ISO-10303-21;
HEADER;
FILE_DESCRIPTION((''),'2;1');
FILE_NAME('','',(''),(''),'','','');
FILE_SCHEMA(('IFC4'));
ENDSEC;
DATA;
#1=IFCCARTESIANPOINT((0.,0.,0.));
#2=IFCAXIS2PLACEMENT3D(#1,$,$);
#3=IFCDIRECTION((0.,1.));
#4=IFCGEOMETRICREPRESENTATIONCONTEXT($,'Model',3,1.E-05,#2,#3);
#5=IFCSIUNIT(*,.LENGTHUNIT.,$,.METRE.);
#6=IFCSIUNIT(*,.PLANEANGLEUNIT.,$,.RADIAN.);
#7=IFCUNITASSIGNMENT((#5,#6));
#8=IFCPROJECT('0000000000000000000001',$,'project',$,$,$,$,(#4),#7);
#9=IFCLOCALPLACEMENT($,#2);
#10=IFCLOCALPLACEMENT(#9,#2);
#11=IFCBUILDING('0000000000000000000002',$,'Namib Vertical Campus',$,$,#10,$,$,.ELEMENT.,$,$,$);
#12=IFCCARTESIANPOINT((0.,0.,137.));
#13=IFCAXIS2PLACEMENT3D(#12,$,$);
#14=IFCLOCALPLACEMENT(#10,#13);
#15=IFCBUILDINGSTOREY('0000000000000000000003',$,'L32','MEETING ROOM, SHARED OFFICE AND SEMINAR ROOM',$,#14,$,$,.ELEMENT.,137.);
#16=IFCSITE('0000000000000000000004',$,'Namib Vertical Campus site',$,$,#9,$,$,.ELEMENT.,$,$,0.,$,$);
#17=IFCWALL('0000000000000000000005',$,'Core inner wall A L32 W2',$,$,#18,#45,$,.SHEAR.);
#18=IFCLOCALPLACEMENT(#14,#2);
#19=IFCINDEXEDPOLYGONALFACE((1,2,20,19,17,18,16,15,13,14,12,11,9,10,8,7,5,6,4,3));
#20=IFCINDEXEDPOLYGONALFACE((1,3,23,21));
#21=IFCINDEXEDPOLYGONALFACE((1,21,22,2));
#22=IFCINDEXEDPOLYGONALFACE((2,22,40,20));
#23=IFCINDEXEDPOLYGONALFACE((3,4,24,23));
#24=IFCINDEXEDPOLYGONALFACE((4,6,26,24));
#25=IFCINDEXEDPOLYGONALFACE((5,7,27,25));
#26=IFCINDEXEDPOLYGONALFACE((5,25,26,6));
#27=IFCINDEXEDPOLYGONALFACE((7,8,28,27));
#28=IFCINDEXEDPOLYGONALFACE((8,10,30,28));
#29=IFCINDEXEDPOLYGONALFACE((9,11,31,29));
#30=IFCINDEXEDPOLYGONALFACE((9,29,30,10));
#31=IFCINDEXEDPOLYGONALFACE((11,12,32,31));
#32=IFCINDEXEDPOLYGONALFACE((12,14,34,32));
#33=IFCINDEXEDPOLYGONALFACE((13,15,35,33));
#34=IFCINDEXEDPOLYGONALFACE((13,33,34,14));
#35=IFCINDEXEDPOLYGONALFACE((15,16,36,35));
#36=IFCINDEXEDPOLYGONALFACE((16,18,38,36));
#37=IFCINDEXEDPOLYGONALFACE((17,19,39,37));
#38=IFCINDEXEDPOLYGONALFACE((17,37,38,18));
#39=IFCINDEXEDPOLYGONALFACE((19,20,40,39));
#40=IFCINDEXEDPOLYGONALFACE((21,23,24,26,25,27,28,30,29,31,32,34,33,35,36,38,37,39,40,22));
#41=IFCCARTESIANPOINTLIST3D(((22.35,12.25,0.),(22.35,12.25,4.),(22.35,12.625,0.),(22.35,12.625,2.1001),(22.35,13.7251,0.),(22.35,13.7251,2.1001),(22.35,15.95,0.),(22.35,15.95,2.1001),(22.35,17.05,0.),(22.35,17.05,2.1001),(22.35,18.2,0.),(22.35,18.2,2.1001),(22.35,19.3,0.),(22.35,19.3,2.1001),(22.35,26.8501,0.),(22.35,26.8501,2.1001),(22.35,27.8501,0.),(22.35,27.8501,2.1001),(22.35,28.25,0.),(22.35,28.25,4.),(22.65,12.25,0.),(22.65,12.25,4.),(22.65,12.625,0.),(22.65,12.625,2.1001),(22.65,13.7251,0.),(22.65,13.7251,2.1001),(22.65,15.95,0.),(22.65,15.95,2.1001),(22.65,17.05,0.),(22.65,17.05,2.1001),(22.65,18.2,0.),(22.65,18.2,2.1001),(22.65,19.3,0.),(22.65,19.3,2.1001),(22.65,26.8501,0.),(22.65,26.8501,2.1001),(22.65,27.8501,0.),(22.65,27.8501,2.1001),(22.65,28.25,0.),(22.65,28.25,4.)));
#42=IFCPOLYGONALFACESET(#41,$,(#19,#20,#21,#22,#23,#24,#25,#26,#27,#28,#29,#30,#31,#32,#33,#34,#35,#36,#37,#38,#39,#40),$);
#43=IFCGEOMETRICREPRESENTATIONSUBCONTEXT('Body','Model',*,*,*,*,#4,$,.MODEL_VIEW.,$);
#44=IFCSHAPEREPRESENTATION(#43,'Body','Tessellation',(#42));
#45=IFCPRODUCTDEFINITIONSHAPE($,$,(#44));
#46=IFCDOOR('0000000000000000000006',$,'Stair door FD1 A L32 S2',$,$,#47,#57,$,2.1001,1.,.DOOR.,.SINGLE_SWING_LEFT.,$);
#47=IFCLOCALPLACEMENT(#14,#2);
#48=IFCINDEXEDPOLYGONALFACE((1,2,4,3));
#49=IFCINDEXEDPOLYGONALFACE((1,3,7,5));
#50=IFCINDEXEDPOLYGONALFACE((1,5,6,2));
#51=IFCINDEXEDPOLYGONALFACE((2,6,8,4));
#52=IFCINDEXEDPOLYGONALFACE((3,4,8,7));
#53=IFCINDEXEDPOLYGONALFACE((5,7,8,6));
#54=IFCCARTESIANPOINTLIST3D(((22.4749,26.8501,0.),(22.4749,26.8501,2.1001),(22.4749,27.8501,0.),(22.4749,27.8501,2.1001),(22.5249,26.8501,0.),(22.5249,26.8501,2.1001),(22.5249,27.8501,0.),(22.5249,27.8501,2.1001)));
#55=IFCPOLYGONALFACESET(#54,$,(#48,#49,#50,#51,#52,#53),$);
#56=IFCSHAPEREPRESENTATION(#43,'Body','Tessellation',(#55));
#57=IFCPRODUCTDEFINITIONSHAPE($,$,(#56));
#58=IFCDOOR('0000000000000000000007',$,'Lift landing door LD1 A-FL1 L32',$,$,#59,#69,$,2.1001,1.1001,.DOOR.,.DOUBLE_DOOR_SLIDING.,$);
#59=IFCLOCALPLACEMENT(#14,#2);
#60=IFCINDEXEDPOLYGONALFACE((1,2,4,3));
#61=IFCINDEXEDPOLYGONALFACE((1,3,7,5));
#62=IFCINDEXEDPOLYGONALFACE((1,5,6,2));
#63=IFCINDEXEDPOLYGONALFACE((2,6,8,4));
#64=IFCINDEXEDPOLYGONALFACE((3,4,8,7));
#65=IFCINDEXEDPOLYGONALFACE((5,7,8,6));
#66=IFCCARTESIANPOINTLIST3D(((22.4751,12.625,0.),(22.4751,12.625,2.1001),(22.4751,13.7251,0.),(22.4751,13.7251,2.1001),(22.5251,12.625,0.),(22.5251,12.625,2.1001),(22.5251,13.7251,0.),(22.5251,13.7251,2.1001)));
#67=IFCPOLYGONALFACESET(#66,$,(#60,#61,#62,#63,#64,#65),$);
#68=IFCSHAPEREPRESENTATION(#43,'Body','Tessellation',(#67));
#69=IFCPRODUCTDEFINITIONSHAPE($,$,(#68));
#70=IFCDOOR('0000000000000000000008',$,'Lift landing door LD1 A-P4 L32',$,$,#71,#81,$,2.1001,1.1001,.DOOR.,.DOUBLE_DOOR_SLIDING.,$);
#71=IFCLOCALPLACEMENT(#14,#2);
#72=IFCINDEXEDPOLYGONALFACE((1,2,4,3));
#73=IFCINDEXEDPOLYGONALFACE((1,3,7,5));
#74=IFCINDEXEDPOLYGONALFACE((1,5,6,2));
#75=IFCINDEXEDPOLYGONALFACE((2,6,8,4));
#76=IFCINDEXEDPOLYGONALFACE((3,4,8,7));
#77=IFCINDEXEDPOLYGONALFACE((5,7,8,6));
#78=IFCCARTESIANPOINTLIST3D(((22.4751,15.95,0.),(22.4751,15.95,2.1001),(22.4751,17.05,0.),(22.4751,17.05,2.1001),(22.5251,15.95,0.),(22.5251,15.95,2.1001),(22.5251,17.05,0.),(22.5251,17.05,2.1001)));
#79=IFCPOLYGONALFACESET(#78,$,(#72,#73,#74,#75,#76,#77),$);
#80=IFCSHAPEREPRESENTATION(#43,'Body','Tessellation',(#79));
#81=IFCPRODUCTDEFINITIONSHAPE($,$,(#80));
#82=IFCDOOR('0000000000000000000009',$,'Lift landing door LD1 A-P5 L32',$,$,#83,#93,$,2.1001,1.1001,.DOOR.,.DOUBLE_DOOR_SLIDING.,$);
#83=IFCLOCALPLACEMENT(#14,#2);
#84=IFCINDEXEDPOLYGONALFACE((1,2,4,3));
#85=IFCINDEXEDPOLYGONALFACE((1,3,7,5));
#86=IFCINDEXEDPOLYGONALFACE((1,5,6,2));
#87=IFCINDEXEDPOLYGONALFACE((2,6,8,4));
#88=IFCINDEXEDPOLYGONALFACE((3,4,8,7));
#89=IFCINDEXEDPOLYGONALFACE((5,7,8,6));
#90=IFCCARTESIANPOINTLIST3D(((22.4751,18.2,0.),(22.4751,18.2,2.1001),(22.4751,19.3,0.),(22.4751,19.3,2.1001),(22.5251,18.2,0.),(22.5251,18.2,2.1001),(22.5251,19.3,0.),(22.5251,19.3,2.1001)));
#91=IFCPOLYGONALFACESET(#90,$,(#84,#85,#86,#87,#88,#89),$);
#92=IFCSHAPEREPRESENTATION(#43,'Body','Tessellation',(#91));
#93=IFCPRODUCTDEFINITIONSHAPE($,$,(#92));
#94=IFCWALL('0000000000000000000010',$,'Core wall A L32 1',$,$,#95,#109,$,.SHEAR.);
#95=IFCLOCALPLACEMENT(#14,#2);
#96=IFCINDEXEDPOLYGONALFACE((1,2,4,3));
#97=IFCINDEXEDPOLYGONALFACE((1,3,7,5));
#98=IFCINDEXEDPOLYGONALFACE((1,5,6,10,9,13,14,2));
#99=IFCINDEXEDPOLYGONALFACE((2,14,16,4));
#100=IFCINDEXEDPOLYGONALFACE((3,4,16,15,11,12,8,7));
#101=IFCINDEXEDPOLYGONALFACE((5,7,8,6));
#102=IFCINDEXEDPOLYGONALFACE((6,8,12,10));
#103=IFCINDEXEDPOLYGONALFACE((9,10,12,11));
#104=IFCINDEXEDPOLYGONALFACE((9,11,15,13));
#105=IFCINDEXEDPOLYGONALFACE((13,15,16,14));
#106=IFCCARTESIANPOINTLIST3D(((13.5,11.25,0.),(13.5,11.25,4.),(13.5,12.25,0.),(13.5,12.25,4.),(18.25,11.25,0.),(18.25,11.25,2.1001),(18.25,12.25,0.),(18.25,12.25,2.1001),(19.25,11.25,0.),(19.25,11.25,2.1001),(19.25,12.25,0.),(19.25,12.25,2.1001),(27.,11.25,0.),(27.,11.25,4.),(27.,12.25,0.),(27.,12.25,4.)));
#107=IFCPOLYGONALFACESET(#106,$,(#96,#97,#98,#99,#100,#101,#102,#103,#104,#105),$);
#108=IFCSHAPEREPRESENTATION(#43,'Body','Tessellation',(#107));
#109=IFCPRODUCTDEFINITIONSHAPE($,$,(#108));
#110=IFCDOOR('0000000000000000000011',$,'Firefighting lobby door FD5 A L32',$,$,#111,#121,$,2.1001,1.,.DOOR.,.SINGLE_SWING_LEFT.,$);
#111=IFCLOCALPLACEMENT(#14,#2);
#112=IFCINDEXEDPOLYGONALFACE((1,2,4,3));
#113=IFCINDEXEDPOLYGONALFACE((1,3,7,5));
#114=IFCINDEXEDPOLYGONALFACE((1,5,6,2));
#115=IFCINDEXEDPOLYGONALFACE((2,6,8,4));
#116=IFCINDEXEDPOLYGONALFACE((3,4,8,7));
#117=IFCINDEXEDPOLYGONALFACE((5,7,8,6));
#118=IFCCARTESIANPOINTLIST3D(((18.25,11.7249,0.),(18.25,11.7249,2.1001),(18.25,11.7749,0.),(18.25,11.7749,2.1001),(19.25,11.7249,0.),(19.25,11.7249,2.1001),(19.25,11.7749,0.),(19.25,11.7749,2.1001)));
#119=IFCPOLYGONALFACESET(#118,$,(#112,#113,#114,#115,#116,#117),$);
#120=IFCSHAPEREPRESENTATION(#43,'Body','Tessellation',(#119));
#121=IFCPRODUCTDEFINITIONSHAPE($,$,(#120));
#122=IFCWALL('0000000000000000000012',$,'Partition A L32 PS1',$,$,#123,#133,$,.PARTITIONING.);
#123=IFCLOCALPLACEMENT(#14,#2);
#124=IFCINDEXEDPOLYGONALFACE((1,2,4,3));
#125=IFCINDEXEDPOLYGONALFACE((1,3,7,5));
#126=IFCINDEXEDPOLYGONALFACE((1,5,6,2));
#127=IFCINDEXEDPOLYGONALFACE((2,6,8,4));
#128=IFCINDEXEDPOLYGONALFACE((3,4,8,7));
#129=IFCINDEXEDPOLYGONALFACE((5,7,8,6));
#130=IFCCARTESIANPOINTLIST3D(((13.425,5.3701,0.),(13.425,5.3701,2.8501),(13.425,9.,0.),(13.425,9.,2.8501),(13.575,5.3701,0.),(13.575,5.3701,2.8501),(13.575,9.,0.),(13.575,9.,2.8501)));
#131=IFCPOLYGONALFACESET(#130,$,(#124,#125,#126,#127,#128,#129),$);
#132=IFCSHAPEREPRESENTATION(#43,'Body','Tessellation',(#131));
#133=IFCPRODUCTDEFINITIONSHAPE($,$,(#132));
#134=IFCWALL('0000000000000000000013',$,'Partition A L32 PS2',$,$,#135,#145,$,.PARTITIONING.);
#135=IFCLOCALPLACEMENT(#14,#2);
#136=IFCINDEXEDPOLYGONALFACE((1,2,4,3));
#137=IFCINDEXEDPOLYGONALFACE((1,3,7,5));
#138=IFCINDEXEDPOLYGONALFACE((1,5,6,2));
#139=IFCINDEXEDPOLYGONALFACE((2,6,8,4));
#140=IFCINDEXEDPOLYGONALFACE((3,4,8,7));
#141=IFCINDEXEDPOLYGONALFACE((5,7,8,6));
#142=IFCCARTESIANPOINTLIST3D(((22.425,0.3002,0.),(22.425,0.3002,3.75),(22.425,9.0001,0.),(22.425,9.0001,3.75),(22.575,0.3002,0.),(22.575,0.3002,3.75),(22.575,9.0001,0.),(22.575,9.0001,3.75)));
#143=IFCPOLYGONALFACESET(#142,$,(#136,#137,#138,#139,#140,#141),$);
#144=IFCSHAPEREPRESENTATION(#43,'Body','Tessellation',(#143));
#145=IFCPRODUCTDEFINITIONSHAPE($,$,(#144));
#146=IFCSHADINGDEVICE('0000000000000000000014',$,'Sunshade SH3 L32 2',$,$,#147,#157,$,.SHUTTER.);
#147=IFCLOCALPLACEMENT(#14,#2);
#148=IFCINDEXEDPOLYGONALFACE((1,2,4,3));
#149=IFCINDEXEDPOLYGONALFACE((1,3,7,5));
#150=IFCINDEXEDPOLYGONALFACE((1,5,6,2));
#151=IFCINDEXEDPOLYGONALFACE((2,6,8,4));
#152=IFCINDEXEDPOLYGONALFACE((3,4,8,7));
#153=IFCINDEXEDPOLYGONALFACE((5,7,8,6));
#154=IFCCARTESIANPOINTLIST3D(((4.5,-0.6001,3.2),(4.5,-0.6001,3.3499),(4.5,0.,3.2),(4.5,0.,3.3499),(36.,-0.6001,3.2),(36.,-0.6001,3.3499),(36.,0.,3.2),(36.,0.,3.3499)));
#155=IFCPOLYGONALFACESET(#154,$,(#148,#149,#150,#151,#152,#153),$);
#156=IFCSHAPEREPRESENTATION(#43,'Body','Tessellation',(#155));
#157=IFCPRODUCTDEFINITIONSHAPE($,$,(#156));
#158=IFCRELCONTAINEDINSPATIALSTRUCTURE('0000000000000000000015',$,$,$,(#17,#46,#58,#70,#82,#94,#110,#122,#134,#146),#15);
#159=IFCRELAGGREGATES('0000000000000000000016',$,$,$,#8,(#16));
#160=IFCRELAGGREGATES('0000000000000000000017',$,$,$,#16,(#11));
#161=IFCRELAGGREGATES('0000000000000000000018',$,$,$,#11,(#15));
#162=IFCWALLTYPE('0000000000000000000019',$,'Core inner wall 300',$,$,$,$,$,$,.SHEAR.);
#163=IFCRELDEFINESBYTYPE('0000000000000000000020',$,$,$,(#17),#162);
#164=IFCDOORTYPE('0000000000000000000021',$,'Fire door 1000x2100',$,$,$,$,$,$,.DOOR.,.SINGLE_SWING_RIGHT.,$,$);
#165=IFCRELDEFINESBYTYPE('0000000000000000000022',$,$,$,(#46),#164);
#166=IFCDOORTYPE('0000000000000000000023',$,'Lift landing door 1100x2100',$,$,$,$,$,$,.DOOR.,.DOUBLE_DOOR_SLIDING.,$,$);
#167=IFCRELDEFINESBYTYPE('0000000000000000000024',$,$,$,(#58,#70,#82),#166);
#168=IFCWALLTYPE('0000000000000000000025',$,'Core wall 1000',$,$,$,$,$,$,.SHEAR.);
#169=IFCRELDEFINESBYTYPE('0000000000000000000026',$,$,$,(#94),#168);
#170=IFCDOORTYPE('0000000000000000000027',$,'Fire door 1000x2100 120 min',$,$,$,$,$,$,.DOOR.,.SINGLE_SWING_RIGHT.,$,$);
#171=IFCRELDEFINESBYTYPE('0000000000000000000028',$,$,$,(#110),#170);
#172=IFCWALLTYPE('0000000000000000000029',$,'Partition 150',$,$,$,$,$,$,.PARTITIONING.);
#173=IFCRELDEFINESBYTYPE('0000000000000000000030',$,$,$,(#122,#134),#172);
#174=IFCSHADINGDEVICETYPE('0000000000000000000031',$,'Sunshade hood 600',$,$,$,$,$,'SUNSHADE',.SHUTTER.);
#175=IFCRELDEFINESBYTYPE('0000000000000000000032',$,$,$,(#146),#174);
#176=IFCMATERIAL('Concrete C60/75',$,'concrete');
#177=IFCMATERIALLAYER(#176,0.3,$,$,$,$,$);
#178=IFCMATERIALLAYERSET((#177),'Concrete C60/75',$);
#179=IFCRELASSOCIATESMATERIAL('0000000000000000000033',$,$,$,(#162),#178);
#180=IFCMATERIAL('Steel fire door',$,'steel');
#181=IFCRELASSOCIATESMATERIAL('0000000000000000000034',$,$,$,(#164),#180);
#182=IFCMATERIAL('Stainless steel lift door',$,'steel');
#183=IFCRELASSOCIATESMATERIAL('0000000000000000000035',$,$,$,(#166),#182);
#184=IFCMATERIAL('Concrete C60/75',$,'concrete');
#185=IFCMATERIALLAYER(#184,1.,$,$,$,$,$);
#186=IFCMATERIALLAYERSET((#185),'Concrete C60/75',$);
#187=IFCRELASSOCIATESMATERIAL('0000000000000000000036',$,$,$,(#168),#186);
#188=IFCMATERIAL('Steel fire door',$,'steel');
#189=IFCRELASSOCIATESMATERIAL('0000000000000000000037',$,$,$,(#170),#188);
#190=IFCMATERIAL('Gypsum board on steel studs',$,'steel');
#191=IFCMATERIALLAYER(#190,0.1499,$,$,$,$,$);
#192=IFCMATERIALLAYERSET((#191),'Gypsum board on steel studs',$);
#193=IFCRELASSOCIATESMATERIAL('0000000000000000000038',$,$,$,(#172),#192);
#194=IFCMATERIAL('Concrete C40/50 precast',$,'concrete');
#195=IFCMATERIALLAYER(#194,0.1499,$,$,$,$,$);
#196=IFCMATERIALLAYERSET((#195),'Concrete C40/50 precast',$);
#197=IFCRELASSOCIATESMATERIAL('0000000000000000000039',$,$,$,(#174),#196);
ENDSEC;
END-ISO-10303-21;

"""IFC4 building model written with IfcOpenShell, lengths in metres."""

from ifc_helpers import new_model, si_unit, direction, frame, frame_2d, origin, origin_2d, place, context, subcontext, project, spatial, rectangle, extrude, material, layer, layer_set, type_object, element, fill, save


model = new_model("IFC4")

# Units and contexts
model_context = context("Model", 3, precision=1e-05, world=origin(), true_north=direction((0.0, 1.0)))
body_context = subcontext(model_context, "Body", "Model", "MODEL_VIEW")
ifc_project = project(units=[si_unit("LENGTHUNIT", "METRE"), si_unit("PLANEANGLEUNIT", "RADIAN")], contexts=[model_context])

# Site, building, storey
site_placement = place(None, origin())
site = spatial("IfcSite", under=ifc_project, at=site_placement, Name="Namib Vertical Campus site", CompositionType="ELEMENT", RefElevation=0.0)
building_placement = place(site_placement, origin())
building = spatial("IfcBuilding", under=site, at=building_placement, Name="Namib Vertical Campus", CompositionType="ELEMENT")
storey_placement = place(building_placement, frame((0.0, 0.0, 137.0)))
storey = spatial("IfcBuildingStorey", under=building, at=storey_placement, Name="L32", Description="MEETING ROOM, SHARED OFFICE AND SEMINAR ROOM", CompositionType="ELEMENT", Elevation=137.0)

# Wall, openings, doors
ifc_material_1 = material(Name="Concrete C60/75", Category="concrete")
ifc_layer_1 = layer(ifc_material_1, 0.3)
ifc_layer_set_1 = layer_set([ifc_layer_1], Name="Concrete C60/75")
wall_type_1 = type_object("IfcWallType", Name="Core inner wall 300", PredefinedType="SHEAR", material=ifc_layer_set_1)
ifc_material_2 = material(Name="Steel fire door", Category="steel")
door_type_1 = type_object("IfcDoorType", Name="Fire door 1000x2100", OperationType="SINGLE_SWING_RIGHT", PredefinedType="DOOR", material=ifc_material_2)
ifc_material_3 = material(Name="Stainless steel lift door", Category="steel")
door_type_2 = type_object("IfcDoorType", Name="Lift landing door 1100x2100", OperationType="DOUBLE_DOOR_SLIDING", PredefinedType="DOOR", material=ifc_material_3)
wall_1_placement = place(storey_placement, frame((22.5, 12.25, 0.0), z_axis=(0.0, 0.0, 1.0), x_axis=(0.0, 1.0, 0.0)))
wall_1 = element("IfcWall", 1, at=wall_1_placement, inside=storey, type_object=wall_type_1, Name="Core inner wall A L32 W2", PredefinedType="SHEAR", context=body_context, shape_type="SweptSolid", body=[
    extrude(rectangle(XDim=16.0, YDim=0.3, at=frame_2d((8.0, 0.0))), origin(), (0.0, 0.0, 1.0), 4.0),
])
opening_1_placement = place(wall_1_placement, frame((14.6001, 0.0, 0.0)))
opening_1 = element("IfcOpeningElement", 2, at=opening_1_placement, cuts=wall_1, PredefinedType="OPENING", context=body_context, shape_type="SweptSolid", body=[
    extrude(rectangle(XDim=1.0, YDim=2.1001, at=frame_2d((0.5, 1.05))), frame((0.0, 0.1599, 0.0), z_axis=(0.0, -1.0, 0.0), x_axis=(1.0, 0.0, 0.0)), (0.0, 0.0, 1.0), 0.3201),
])
opening_2_placement = place(wall_1_placement, frame((0.375, 0.0, 0.0)))
opening_2 = element("IfcOpeningElement", 3, at=opening_2_placement, cuts=wall_1, PredefinedType="OPENING", context=body_context, shape_type="SweptSolid", body=[
    extrude(rectangle(XDim=1.1001, YDim=2.1001, at=frame_2d((0.55, 1.05))), frame((0.0, 0.1599, 0.0), z_axis=(0.0, -1.0, 0.0), x_axis=(1.0, 0.0, 0.0)), (0.0, 0.0, 1.0), 0.3201),
])
opening_3_placement = place(wall_1_placement, frame((3.7, 0.0, 0.0)))
opening_3 = element("IfcOpeningElement", 4, at=opening_3_placement, cuts=wall_1, PredefinedType="OPENING", context=body_context, shape_type="SweptSolid", body=[
    extrude(rectangle(XDim=1.1001, YDim=2.1001, at=frame_2d((0.55, 1.05))), frame((0.0, 0.1599, 0.0), z_axis=(0.0, -1.0, 0.0), x_axis=(1.0, 0.0, 0.0)), (0.0, 0.0, 1.0), 0.3201),
])
opening_4_placement = place(wall_1_placement, frame((5.95, 0.0, 0.0)))
opening_4 = element("IfcOpeningElement", 5, at=opening_4_placement, cuts=wall_1, PredefinedType="OPENING", context=body_context, shape_type="SweptSolid", body=[
    extrude(rectangle(XDim=1.1001, YDim=2.1001, at=frame_2d((0.55, 1.05))), frame((0.0, 0.1599, 0.0), z_axis=(0.0, -1.0, 0.0), x_axis=(1.0, 0.0, 0.0)), (0.0, 0.0, 1.0), 0.3201),
])
door_1_placement = place(opening_1_placement, frame((1.0, 0.0, 0.0), z_axis=(0.0, 0.0, 1.0), x_axis=(-1.0, 0.0, 0.0)))
door_1 = element("IfcDoor", 6, at=door_1_placement, inside=storey, type_object=door_type_1, Name="Stair door FD1 A L32 S2", OperationType="SINGLE_SWING_LEFT", OverallHeight=2.1001, OverallWidth=1.0, PredefinedType="DOOR", context=body_context, shape_type="SweptSolid", body=[
    extrude(rectangle(XDim=1.0, YDim=2.1001, at=frame_2d((0.5, 1.05))), frame((0.0, 0.0249, 0.0), z_axis=(0.0, -1.0, 0.0), x_axis=(1.0, 0.0, 0.0)), (0.0, 0.0, 1.0), 0.05),
])
fill(opening_1, door_1)
door_2_placement = place(opening_2_placement, origin())
door_2 = element("IfcDoor", 7, at=door_2_placement, inside=storey, type_object=door_type_2, Name="Lift landing door LD1 A-FL1 L32", OperationType="DOUBLE_DOOR_SLIDING", OverallHeight=2.1001, OverallWidth=1.1001, PredefinedType="DOOR", context=body_context, shape_type="SweptSolid", body=[
    extrude(rectangle(XDim=1.1001, YDim=2.1001, at=frame_2d((0.55, 1.05))), frame((0.0, 0.0249, 0.0), z_axis=(0.0, -1.0, 0.0), x_axis=(1.0, 0.0, 0.0)), (0.0, 0.0, 1.0), 0.05),
])
fill(opening_2, door_2)
door_3_placement = place(opening_3_placement, origin())
door_3 = element("IfcDoor", 8, at=door_3_placement, inside=storey, type_object=door_type_2, Name="Lift landing door LD1 A-P4 L32", OperationType="DOUBLE_DOOR_SLIDING", OverallHeight=2.1001, OverallWidth=1.1001, PredefinedType="DOOR", context=body_context, shape_type="SweptSolid", body=[
    extrude(rectangle(XDim=1.1001, YDim=2.1001, at=frame_2d((0.55, 1.05))), frame((0.0, 0.0249, 0.0), z_axis=(0.0, -1.0, 0.0), x_axis=(1.0, 0.0, 0.0)), (0.0, 0.0, 1.0), 0.05),
])
fill(opening_3, door_3)
door_4_placement = place(opening_4_placement, origin())
door_4 = element("IfcDoor", 9, at=door_4_placement, inside=storey, type_object=door_type_2, Name="Lift landing door LD1 A-P5 L32", OperationType="DOUBLE_DOOR_SLIDING", OverallHeight=2.1001, OverallWidth=1.1001, PredefinedType="DOOR", context=body_context, shape_type="SweptSolid", body=[
    extrude(rectangle(XDim=1.1001, YDim=2.1001, at=frame_2d((0.55, 1.05))), frame((0.0, 0.0249, 0.0), z_axis=(0.0, -1.0, 0.0), x_axis=(1.0, 0.0, 0.0)), (0.0, 0.0, 1.0), 0.05),
])
fill(opening_4, door_4)

# Wall, opening, door
ifc_material_4 = material(Name="Concrete C60/75", Category="concrete")
ifc_layer_2 = layer(ifc_material_4, 1.0)
ifc_layer_set_2 = layer_set([ifc_layer_2], Name="Concrete C60/75")
wall_type_2 = type_object("IfcWallType", Name="Core wall 1000", PredefinedType="SHEAR", material=ifc_layer_set_2)
wall_2_placement = place(storey_placement, frame((13.5, 11.75, 0.0), z_axis=(0.0, 0.0, 1.0), x_axis=(1.0, 0.0, 0.0)))
wall_2 = element("IfcWall", 10, at=wall_2_placement, inside=storey, type_object=wall_type_2, Name="Core wall A L32 1", PredefinedType="SHEAR", context=body_context, shape_type="SweptSolid", body=[
    extrude(rectangle(XDim=13.5, YDim=1.0, at=frame_2d((6.75, 0.0))), origin(), (0.0, 0.0, 1.0), 4.0),
])
opening_5_placement = place(wall_2_placement, frame((4.75, 0.0, 0.0)))
opening_5 = element("IfcOpeningElement", 11, at=opening_5_placement, cuts=wall_2, PredefinedType="OPENING", context=body_context, shape_type="SweptSolid", body=[
    extrude(rectangle(XDim=1.0, YDim=2.1001, at=frame_2d((0.5, 1.05))), frame((0.0, 0.51, 0.0), z_axis=(0.0, -1.0, 0.0), x_axis=(1.0, 0.0, 0.0)), (0.0, 0.0, 1.0), 1.02),
])
ifc_material_5 = material(Name="Steel fire door", Category="steel")
door_type_3 = type_object("IfcDoorType", Name="Fire door 1000x2100 120 min", OperationType="SINGLE_SWING_RIGHT", PredefinedType="DOOR", material=ifc_material_5)
door_5_placement = place(opening_5_placement, origin())
door_5 = element("IfcDoor", 12, at=door_5_placement, inside=storey, type_object=door_type_3, Name="Firefighting lobby door FD5 A L32", OperationType="SINGLE_SWING_LEFT", OverallHeight=2.1001, OverallWidth=1.0, PredefinedType="DOOR", context=body_context, shape_type="SweptSolid", body=[
    extrude(rectangle(XDim=1.0, YDim=2.1001, at=frame_2d((0.5, 1.05))), frame((0.0, 0.0249, 0.0), z_axis=(0.0, -1.0, 0.0), x_axis=(1.0, 0.0, 0.0)), (0.0, 0.0, 1.0), 0.05),
])
fill(opening_5, door_5)

# Walls
ifc_material_6 = material(Name="Gypsum board on steel studs", Category="steel")
ifc_layer_3 = layer(ifc_material_6, 0.1499)
ifc_layer_set_3 = layer_set([ifc_layer_3], Name="Gypsum board on steel studs")
wall_type_3 = type_object("IfcWallType", Name="Partition 150", PredefinedType="PARTITIONING", material=ifc_layer_set_3)
wall_3_placement = place(storey_placement, frame((13.5, 5.3701, 0.0), z_axis=(0.0, 0.0, 1.0), x_axis=(0.0, 1.0, 0.0)))
element("IfcWall", 13, at=wall_3_placement, inside=storey, type_object=wall_type_3, Name="Partition A L32 PS1", PredefinedType="PARTITIONING", context=body_context, shape_type="SweptSolid", body=[
    extrude(rectangle(XDim=3.6299, YDim=0.1499, at=frame_2d((1.8149, 0.0))), origin(), (0.0, 0.0, 1.0), 2.8501),
])
wall_4_placement = place(storey_placement, frame((22.5, 0.3, 0.0), z_axis=(0.0, 0.0, 1.0), x_axis=(0.0, 1.0, 0.0)))
element("IfcWall", 14, at=wall_4_placement, inside=storey, type_object=wall_type_3, Name="Partition A L32 PS2", PredefinedType="PARTITIONING", context=body_context, shape_type="SweptSolid", body=[
    extrude(rectangle(XDim=8.7, YDim=0.1499, at=frame_2d((4.3501, 0.0))), origin(), (0.0, 0.0, 1.0), 3.75),
])

# Shading device
ifc_material_7 = material(Name="Concrete C40/50 precast", Category="concrete")
ifc_layer_4 = layer(ifc_material_7, 0.1499)
ifc_layer_set_4 = layer_set([ifc_layer_4], Name="Concrete C40/50 precast")
shading_device_type = type_object("IfcShadingDeviceType", Name="Sunshade hood 600", ElementType="SUNSHADE", PredefinedType="SHUTTER", material=ifc_layer_set_4)
shading_device_placement = place(storey_placement, frame((20.25, -0.3, 3.2), z_axis=(0.0, 0.0, 1.0), x_axis=(1.0, 0.0, 0.0)))
element("IfcShadingDevice", 15, at=shading_device_placement, inside=storey, type_object=shading_device_type, Name="Sunshade SH3 L32 2", PredefinedType="SHUTTER", context=body_context, shape_type="SweptSolid", body=[
    extrude(rectangle(XDim=31.5, YDim=0.6001, at=origin_2d()), origin(), (0.0, 0.0, 1.0), 0.1499),
])

save(model, "model.ifc")
